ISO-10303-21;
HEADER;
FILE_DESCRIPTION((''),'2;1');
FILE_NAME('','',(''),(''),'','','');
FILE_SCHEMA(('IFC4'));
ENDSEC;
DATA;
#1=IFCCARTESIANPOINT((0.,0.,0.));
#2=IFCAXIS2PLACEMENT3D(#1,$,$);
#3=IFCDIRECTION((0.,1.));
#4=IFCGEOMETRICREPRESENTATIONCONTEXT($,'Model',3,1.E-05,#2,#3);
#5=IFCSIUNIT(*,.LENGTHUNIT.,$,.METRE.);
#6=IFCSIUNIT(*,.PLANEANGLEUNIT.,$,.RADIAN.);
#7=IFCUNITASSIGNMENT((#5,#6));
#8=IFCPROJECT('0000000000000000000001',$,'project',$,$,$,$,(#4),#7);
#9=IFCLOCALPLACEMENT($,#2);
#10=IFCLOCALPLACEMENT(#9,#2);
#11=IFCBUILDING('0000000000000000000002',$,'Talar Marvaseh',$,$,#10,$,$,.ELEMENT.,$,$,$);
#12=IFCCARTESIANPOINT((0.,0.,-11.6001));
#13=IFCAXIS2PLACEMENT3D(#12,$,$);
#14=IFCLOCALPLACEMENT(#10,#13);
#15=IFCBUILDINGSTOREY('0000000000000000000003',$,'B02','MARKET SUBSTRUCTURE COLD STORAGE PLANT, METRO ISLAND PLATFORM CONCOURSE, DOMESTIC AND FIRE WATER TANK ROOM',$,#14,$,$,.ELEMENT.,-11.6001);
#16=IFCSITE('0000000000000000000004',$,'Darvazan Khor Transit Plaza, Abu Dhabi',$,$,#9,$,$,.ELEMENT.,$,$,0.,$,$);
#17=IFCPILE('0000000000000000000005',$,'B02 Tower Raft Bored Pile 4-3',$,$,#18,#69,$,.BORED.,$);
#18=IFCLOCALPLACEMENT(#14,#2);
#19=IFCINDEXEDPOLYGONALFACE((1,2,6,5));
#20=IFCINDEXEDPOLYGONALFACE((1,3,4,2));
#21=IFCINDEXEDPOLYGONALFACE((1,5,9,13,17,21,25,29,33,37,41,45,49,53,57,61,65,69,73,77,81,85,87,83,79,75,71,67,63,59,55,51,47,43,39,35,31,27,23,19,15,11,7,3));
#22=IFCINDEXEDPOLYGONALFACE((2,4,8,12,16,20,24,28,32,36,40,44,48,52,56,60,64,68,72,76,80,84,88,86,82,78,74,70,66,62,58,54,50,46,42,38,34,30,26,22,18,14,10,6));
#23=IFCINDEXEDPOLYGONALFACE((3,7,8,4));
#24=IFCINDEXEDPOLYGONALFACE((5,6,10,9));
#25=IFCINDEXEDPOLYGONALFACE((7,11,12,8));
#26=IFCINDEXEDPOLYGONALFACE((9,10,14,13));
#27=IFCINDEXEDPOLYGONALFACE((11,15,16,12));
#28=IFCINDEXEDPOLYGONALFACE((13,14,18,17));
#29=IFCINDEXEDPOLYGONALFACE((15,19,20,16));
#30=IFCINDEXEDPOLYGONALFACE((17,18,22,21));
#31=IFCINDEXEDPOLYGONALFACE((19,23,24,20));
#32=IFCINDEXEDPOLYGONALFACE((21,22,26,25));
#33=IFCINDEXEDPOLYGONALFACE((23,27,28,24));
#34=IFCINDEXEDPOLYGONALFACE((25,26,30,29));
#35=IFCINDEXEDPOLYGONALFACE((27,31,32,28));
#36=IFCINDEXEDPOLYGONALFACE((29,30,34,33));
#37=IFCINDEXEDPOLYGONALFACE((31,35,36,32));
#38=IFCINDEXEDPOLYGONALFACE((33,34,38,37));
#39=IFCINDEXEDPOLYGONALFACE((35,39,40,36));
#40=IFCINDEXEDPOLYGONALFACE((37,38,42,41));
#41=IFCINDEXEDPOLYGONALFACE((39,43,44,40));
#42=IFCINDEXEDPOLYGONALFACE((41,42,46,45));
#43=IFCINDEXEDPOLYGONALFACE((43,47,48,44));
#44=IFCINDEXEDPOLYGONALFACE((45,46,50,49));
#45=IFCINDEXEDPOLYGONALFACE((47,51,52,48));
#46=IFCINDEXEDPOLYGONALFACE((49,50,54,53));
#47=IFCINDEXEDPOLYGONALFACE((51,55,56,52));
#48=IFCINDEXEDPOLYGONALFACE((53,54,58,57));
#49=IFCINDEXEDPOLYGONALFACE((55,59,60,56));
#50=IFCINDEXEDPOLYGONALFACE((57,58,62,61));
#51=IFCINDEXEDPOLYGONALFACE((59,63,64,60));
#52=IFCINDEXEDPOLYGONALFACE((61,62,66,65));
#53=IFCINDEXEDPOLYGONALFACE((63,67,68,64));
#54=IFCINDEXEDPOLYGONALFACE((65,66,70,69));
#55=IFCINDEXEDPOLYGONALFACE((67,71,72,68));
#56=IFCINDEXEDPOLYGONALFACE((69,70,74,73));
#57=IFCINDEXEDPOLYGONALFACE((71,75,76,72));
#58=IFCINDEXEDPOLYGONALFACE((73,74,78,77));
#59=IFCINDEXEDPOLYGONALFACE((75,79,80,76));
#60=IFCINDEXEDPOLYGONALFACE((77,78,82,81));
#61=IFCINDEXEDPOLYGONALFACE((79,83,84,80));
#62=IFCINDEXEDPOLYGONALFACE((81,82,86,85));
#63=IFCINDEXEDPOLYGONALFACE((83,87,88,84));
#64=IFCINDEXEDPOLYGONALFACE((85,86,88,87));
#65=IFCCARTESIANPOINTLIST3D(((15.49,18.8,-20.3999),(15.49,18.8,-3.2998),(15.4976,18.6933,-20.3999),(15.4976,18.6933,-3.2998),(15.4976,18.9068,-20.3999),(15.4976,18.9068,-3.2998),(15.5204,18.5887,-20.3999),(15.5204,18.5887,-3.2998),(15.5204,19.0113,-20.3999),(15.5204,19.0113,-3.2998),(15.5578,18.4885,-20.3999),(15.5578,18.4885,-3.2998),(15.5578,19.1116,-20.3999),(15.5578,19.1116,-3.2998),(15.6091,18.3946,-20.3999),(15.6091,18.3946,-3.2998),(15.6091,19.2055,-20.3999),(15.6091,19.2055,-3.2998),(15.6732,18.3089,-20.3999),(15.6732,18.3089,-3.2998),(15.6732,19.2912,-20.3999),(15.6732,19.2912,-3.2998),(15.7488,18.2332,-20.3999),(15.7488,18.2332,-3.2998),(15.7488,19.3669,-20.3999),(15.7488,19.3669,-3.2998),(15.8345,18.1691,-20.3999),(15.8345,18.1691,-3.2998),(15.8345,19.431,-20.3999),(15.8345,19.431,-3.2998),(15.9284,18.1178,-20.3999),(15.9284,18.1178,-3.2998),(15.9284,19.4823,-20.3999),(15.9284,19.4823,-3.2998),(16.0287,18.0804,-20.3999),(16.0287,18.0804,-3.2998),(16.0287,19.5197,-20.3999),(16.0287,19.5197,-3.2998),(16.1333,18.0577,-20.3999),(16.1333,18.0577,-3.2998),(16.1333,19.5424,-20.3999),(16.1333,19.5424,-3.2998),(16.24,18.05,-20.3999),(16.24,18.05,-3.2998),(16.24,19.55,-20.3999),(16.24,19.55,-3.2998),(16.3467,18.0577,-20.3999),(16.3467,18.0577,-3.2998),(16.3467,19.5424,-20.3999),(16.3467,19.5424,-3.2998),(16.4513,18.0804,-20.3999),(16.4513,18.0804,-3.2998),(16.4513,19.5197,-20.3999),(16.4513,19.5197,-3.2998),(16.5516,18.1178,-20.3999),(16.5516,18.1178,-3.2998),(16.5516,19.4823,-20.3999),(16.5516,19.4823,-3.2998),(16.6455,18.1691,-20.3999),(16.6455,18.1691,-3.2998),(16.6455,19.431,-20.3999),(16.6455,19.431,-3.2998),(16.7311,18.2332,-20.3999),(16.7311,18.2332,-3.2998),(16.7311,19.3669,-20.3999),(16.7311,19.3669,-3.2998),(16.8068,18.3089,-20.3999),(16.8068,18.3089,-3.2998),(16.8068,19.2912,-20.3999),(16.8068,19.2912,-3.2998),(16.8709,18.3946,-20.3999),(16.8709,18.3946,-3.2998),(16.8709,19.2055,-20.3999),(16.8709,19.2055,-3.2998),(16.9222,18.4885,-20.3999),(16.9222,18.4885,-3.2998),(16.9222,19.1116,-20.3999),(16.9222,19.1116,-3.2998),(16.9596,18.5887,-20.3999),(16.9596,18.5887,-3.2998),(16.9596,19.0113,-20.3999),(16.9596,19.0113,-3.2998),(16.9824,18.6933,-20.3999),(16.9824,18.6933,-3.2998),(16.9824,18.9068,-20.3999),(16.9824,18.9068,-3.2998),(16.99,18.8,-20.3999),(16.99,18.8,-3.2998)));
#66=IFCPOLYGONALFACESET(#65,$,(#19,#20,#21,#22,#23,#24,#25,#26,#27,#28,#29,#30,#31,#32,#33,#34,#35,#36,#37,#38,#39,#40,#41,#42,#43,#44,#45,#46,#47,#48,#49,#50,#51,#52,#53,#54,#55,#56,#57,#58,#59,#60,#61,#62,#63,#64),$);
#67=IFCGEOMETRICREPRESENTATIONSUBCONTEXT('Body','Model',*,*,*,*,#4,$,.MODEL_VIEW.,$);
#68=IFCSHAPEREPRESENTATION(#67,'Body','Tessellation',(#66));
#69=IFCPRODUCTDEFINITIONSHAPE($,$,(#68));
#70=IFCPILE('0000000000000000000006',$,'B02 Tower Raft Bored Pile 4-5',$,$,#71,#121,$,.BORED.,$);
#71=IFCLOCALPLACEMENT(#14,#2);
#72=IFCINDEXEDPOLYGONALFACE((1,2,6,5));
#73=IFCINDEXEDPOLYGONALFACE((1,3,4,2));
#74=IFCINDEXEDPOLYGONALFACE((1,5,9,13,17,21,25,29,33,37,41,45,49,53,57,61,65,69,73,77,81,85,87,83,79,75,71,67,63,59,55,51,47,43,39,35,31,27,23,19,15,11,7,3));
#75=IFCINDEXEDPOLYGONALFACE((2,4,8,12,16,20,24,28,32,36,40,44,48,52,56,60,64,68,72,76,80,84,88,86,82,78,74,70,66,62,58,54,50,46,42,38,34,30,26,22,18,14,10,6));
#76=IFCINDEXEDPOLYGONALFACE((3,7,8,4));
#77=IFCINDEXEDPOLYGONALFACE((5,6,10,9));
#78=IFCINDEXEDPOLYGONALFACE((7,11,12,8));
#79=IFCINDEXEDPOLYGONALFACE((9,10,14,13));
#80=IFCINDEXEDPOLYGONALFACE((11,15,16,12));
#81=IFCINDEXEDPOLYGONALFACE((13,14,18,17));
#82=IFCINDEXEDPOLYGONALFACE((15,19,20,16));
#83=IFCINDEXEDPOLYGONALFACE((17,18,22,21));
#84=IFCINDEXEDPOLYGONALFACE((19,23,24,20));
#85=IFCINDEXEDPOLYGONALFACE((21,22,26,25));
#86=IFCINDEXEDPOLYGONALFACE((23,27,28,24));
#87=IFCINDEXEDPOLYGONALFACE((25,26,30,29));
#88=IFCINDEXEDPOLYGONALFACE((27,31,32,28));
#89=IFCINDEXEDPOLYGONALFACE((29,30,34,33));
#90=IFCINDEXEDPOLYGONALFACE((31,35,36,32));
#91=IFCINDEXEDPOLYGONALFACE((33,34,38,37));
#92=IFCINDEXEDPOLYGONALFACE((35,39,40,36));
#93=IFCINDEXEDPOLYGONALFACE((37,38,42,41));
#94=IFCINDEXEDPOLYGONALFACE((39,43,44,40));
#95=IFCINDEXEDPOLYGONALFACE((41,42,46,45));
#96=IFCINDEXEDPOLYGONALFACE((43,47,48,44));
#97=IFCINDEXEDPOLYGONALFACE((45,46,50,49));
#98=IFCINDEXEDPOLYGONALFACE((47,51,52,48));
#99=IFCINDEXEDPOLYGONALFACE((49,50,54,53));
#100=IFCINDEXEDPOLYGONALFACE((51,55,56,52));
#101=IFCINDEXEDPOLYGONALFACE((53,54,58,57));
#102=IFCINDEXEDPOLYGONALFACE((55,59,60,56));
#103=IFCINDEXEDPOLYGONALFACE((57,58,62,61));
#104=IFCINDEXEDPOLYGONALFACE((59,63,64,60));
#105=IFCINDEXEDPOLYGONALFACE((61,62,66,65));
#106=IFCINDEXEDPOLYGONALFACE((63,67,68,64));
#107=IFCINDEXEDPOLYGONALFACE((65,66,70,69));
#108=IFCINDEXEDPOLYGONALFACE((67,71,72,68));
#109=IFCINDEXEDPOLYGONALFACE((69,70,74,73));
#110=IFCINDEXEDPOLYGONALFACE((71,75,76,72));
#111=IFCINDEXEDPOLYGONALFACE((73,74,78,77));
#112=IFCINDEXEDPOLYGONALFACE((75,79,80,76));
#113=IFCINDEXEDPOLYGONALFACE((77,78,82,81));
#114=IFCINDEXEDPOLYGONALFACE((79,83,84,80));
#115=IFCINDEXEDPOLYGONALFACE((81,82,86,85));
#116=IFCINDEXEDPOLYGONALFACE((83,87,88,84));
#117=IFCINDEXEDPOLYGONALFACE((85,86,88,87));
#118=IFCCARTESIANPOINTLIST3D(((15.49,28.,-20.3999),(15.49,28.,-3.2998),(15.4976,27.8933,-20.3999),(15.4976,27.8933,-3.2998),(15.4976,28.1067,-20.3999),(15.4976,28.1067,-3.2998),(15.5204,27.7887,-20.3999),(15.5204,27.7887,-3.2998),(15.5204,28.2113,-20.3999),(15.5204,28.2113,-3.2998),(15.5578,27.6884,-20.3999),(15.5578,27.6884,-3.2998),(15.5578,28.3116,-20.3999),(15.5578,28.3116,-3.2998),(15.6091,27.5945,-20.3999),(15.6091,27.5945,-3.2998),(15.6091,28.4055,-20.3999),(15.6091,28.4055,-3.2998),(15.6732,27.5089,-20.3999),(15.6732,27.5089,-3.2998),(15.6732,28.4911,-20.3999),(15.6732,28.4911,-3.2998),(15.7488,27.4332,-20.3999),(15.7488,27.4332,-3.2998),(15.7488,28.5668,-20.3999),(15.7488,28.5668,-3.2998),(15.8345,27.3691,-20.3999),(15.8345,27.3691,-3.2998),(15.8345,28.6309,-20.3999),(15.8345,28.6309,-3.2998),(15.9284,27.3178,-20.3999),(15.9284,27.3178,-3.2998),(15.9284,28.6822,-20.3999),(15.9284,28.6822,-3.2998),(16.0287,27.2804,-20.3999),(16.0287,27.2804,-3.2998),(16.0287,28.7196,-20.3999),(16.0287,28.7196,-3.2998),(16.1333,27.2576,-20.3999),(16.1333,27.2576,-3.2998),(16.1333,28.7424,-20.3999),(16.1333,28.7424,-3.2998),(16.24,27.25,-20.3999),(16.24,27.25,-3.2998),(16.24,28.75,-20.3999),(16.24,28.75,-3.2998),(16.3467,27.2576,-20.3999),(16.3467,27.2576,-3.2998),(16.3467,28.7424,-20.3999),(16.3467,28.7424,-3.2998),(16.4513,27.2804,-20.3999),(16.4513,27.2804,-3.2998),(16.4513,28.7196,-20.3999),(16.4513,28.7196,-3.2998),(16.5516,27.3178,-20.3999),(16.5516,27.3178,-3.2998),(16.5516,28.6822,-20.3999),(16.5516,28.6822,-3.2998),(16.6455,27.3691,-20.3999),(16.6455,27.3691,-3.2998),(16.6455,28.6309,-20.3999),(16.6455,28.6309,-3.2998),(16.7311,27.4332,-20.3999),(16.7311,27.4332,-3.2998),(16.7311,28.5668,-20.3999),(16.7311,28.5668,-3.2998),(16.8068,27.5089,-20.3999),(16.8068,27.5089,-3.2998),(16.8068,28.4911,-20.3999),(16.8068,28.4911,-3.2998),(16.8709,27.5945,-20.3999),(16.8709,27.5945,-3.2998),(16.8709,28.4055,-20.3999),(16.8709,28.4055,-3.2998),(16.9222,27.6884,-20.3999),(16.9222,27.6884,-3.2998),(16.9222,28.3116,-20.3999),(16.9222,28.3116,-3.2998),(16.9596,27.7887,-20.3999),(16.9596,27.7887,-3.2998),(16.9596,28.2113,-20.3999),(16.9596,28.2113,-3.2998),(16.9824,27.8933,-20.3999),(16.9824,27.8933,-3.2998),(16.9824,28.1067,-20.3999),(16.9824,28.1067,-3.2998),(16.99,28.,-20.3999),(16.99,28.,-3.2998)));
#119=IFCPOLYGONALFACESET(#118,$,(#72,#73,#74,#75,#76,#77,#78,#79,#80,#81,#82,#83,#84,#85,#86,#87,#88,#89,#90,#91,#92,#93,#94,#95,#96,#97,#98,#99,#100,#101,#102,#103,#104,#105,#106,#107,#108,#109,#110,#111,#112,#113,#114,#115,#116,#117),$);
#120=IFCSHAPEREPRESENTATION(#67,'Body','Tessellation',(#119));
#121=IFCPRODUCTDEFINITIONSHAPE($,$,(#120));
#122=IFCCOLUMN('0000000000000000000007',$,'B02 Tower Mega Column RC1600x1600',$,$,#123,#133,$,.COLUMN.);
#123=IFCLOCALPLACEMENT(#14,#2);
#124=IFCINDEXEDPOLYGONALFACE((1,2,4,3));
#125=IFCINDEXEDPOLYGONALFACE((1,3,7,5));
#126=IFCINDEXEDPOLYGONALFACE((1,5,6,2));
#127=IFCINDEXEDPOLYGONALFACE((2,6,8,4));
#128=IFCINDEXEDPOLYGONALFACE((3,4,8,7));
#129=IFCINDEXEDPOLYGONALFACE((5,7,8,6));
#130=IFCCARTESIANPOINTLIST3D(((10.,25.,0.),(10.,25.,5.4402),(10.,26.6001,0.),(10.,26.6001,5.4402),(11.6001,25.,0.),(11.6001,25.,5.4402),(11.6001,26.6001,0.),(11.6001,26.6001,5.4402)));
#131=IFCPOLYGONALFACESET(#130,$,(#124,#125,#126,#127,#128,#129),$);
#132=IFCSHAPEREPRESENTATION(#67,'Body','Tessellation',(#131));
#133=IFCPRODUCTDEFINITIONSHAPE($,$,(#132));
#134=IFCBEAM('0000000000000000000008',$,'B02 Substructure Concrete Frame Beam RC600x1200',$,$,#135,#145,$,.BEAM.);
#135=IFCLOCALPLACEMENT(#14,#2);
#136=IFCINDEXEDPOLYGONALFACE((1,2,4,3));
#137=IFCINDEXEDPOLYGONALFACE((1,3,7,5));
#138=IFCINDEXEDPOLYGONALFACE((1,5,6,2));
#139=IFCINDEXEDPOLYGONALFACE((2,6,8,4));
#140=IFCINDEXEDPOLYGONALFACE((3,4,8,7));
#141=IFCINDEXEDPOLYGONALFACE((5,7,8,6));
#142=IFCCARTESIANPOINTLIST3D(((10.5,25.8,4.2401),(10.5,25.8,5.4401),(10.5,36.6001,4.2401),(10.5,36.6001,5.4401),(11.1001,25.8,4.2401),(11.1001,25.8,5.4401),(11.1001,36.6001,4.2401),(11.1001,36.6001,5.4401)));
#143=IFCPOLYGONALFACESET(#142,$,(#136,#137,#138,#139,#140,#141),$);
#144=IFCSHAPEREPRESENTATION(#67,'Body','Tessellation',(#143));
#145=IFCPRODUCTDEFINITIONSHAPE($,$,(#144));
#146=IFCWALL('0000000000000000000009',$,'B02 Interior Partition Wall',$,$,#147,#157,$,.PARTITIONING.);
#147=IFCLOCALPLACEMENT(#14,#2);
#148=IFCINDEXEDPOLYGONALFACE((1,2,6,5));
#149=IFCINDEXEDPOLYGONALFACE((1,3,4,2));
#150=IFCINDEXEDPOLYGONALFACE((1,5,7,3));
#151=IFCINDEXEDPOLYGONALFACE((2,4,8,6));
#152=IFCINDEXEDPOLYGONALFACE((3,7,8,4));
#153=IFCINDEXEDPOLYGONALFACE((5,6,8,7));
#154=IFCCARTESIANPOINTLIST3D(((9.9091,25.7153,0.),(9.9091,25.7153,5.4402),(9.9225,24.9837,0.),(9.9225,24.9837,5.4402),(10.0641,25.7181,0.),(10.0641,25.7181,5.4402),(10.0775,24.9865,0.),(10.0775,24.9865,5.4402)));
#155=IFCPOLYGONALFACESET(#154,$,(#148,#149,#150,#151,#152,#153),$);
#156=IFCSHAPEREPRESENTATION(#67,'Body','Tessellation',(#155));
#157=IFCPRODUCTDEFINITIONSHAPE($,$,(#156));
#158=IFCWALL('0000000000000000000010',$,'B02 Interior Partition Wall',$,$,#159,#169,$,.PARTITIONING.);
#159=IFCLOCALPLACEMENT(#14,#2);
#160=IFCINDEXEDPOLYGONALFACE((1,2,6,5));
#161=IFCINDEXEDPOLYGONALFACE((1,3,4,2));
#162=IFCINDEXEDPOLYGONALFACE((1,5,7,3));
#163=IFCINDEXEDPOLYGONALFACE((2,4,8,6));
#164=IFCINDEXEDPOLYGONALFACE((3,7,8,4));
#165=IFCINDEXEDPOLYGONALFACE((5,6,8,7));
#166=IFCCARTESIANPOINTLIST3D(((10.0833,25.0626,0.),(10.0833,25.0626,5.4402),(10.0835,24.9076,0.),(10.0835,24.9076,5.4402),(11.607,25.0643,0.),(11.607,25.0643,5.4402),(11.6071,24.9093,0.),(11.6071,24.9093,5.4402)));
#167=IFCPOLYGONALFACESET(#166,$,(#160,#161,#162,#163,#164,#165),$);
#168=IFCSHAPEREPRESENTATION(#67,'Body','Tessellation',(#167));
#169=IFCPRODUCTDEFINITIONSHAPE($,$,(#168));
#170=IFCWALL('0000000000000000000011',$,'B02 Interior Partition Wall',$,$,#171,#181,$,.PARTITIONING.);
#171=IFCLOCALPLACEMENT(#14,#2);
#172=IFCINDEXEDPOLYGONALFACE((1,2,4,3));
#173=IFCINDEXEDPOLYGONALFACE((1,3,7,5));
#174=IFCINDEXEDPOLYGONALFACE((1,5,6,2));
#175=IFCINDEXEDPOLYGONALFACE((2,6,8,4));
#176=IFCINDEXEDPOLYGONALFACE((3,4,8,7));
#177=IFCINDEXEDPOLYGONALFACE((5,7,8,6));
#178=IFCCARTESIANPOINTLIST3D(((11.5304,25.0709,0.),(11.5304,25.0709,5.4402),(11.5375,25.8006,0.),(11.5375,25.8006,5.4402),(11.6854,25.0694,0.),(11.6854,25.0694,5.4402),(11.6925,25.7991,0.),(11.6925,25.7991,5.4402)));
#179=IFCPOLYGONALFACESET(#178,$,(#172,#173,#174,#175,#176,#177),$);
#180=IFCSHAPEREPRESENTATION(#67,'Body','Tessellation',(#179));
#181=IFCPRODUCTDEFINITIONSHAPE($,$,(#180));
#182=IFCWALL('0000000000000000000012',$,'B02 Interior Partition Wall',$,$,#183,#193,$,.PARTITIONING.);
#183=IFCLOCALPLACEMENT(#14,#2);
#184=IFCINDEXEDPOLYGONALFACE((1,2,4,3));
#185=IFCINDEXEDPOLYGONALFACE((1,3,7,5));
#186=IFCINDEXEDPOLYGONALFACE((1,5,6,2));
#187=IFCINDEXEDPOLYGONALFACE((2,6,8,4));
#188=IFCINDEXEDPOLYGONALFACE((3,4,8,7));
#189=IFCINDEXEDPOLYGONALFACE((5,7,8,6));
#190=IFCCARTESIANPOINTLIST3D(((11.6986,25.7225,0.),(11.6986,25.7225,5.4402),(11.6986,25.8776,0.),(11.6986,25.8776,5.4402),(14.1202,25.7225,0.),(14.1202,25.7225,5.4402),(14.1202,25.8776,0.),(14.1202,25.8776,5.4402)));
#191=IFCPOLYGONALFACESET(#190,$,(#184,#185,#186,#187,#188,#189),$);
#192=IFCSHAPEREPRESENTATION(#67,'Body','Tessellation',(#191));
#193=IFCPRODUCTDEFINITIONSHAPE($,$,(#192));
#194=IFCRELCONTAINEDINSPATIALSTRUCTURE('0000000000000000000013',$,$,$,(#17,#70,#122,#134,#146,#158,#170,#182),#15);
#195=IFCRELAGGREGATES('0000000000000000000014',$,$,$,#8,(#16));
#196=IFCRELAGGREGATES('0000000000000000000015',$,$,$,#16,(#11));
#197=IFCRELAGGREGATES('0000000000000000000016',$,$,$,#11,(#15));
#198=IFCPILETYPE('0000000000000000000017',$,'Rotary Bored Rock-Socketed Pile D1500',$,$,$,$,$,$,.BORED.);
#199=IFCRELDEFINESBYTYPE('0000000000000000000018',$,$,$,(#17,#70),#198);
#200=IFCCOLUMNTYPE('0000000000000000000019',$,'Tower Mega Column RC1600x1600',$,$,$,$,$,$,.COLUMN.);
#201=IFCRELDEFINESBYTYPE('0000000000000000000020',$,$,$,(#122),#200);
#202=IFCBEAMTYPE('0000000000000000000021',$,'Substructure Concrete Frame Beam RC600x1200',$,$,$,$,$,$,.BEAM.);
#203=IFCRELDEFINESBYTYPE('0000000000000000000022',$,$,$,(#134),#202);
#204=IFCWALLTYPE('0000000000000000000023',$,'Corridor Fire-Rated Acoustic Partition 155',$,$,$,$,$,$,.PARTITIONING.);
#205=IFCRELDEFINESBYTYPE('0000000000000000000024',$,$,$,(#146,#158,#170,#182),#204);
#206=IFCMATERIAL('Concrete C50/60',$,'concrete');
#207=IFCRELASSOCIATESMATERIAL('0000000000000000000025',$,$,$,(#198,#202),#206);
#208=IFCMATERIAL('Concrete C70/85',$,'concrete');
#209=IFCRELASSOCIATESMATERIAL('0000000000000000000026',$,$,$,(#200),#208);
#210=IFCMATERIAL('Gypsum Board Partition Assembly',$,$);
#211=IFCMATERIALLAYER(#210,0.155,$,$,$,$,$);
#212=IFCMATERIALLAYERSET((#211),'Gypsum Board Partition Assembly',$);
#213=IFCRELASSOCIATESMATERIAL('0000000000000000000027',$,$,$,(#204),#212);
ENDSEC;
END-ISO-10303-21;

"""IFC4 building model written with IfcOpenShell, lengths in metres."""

from ifc_helpers import new_model, si_unit, direction, frame, frame_2d, origin, origin_2d, place, context, subcontext, project, spatial, rectangle, circle, extrude, source, transform, mapped, material, layer, layer_set, material_profile, profile_set, type_object, type_shapes, element, save


model = new_model("IFC4")

# Units and contexts
model_context = context("Model", 3, precision=1e-05, world=origin(), true_north=direction((0.0, 1.0)))
body_context = subcontext(model_context, "Body", "Model", "MODEL_VIEW")
ifc_project = project(units=[si_unit("LENGTHUNIT", "METRE"), si_unit("PLANEANGLEUNIT", "RADIAN")], contexts=[model_context])

# Site, building, storey
site_placement = place(None, origin())
site = spatial("IfcSite", under=ifc_project, at=site_placement, Name="Darvazan Khor Transit Plaza, Abu Dhabi", CompositionType="ELEMENT", RefElevation=0.0)
building_placement = place(site_placement, origin())
building = spatial("IfcBuilding", under=site, at=building_placement, Name="Talar Marvaseh", CompositionType="ELEMENT")
storey_placement = place(building_placement, frame((0.0, 0.0, -11.6001)))
storey = spatial("IfcBuildingStorey", under=building, at=storey_placement, Name="B02", Description="MARKET SUBSTRUCTURE COLD STORAGE PLANT, METRO ISLAND PLATFORM CONCOURSE, DOMESTIC AND FIRE WATER TANK ROOM", CompositionType="ELEMENT", Elevation=-11.6001)

# Piles
ifc_material_1 = material(Name="Concrete C50/60", Category="concrete")
ifc_material_profile_1 = material_profile(ifc_material_1, circle(Radius=0.75, at=origin_2d()), Name="PILE-D1500")
ifc_profile_set_1 = profile_set([ifc_material_profile_1], Name="Concrete C50/60")
pile_type_1 = type_object("IfcPileType", Name="Rotary Bored Rock-Socketed Pile D1500", PredefinedType="BORED", material=ifc_profile_set_1)
shared_shape_1 = source(origin(), body_context, "Body", "SweptSolid", [
    extrude(circle(Radius=0.75, at=origin_2d()), origin(), (0.0, 0.0, 1.0), 17.1001),
])
type_shapes(pile_type_1, [shared_shape_1])
for number, where, z_axis, x_axis, name in (
    (1, (16.24, 18.8, -3.2998), (0.0, 0.0, -1.0), (1.0, 0.0, 0.0), "B02 Tower Raft Bored Pile 4-3"),
    (2, (16.24, 28.0, -3.2998), (0.0, 0.0, -1.0), (1.0, 0.0, 0.0), "B02 Tower Raft Bored Pile 4-5"),
):
    element("IfcPile", number, at=place(storey_placement, frame(where, z_axis=z_axis, x_axis=x_axis)), inside=storey, type_object=pile_type_1, Name=name, PredefinedType="BORED", context=body_context, shape_type="MappedRepresentation", body=[
        mapped(shared_shape_1, transform((0.0, 0.0, 0.0), x_axis=(1.0, 0.0, 0.0), y_axis=(0.0, 1.0, 0.0), z_axis=(0.0, 0.0, 1.0), scale=1.0)),
    ])

# Column
ifc_material_2 = material(Name="Concrete C70/85", Category="concrete")
ifc_material_profile_2 = material_profile(ifc_material_2, rectangle(XDim=1.6001, YDim=1.6001, at=origin_2d()), Name="RC1600x1600")
ifc_profile_set_2 = profile_set([ifc_material_profile_2], Name="Concrete C70/85")
column_type = type_object("IfcColumnType", Name="Tower Mega Column RC1600x1600", PredefinedType="COLUMN", material=ifc_profile_set_2)
column_placement = place(storey_placement, frame((10.8, 25.8, 0.0), z_axis=(0.0, 0.0, 1.0), x_axis=(1.0, 0.0, 0.0)))
element("IfcColumn", 3, at=column_placement, inside=storey, type_object=column_type, Name="B02 Tower Mega Column RC1600x1600", PredefinedType="COLUMN", context=body_context, shape_type="SweptSolid", body=[
    extrude(rectangle(XDim=1.6001, YDim=1.6001, at=origin_2d()), origin(), (0.0, 0.0, 1.0), 5.4402),
])

# Beam
ifc_material_profile_3 = material_profile(ifc_material_1, rectangle(XDim=0.6001, YDim=1.2, at=origin_2d()), Name="RC600x1200")
ifc_profile_set_3 = profile_set([ifc_material_profile_3], Name="Concrete C50/60")
beam_type = type_object("IfcBeamType", Name="Substructure Concrete Frame Beam RC600x1200", PredefinedType="BEAM", material=ifc_profile_set_3)
beam_placement = place(storey_placement, frame((10.8, 25.8, 4.8401), z_axis=(0.0, 1.0, 0.0), x_axis=(-1.0, 0.0, 0.0)))
element("IfcBeam", 4, at=beam_placement, inside=storey, type_object=beam_type, Name="B02 Substructure Concrete Frame Beam RC600x1200", PredefinedType="BEAM", context=body_context, shape_type="SweptSolid", body=[
    extrude(rectangle(XDim=0.6001, YDim=1.2, at=origin_2d()), origin(), (0.0, 0.0, 1.0), 10.8),
])

# Walls
ifc_material_3 = material(Name="Gypsum Board Partition Assembly")
ifc_layer_1 = layer(ifc_material_3, 0.155)
ifc_layer_set_1 = layer_set([ifc_layer_1], Name="Gypsum Board Partition Assembly")
wall_type_1 = type_object("IfcWallType", Name="Corridor Fire-Rated Acoustic Partition 155", PredefinedType="PARTITIONING", material=ifc_layer_set_1)
wall_1_placement = place(storey_placement, frame((9.9866, 25.7166, 0.0), z_axis=(0.0, 0.0, 1.0), x_axis=(0.018355, -0.999832, 0.0)))
element("IfcWall", 5, at=wall_1_placement, inside=storey, type_object=wall_type_1, Name="B02 Interior Partition Wall", PredefinedType="PARTITIONING", context=body_context, shape_type="SweptSolid", body=[
    extrude(rectangle(XDim=0.7317, YDim=0.155, at=frame_2d((0.3657, 0.0))), origin(), (0.0, 0.0, 1.0), 5.4402),
])
wall_2_placement = place(storey_placement, frame((10.0835, 24.9851, 0.0), z_axis=(0.0, 0.0, 1.0), x_axis=(0.999999, 0.001122, 0.0)))
element("IfcWall", 6, at=wall_2_placement, inside=storey, type_object=wall_type_1, Name="B02 Interior Partition Wall", PredefinedType="PARTITIONING", context=body_context, shape_type="SweptSolid", body=[
    extrude(rectangle(XDim=1.5237, YDim=0.155, at=frame_2d((0.7617, 0.0))), origin(), (0.0, 0.0, 1.0), 5.4402),
])
wall_3_placement = place(storey_placement, frame((11.6079, 25.0703, 0.0), z_axis=(0.0, 0.0, 1.0), x_axis=(0.009702, 0.999953, 0.0)))
element("IfcWall", 7, at=wall_3_placement, inside=storey, type_object=wall_type_1, Name="B02 Interior Partition Wall", PredefinedType="PARTITIONING", context=body_context, shape_type="SweptSolid", body=[
    extrude(rectangle(XDim=0.7297, YDim=0.155, at=frame_2d((0.3647, 0.0))), origin(), (0.0, 0.0, 1.0), 5.4402),
])
wall_4_placement = place(storey_placement, frame((11.6985, 25.8, 0.0), z_axis=(0.0, 0.0, 1.0), x_axis=(1.0, 0.0, 0.0)))
element("IfcWall", 8, at=wall_4_placement, inside=storey, type_object=wall_type_1, Name="B02 Interior Partition Wall", PredefinedType="PARTITIONING", context=body_context, shape_type="SweptSolid", body=[
    extrude(rectangle(XDim=2.4216, YDim=0.155, at=frame_2d((1.2109, 0.0))), origin(), (0.0, 0.0, 1.0), 5.4402),
])

save(model, "model.ifc")
